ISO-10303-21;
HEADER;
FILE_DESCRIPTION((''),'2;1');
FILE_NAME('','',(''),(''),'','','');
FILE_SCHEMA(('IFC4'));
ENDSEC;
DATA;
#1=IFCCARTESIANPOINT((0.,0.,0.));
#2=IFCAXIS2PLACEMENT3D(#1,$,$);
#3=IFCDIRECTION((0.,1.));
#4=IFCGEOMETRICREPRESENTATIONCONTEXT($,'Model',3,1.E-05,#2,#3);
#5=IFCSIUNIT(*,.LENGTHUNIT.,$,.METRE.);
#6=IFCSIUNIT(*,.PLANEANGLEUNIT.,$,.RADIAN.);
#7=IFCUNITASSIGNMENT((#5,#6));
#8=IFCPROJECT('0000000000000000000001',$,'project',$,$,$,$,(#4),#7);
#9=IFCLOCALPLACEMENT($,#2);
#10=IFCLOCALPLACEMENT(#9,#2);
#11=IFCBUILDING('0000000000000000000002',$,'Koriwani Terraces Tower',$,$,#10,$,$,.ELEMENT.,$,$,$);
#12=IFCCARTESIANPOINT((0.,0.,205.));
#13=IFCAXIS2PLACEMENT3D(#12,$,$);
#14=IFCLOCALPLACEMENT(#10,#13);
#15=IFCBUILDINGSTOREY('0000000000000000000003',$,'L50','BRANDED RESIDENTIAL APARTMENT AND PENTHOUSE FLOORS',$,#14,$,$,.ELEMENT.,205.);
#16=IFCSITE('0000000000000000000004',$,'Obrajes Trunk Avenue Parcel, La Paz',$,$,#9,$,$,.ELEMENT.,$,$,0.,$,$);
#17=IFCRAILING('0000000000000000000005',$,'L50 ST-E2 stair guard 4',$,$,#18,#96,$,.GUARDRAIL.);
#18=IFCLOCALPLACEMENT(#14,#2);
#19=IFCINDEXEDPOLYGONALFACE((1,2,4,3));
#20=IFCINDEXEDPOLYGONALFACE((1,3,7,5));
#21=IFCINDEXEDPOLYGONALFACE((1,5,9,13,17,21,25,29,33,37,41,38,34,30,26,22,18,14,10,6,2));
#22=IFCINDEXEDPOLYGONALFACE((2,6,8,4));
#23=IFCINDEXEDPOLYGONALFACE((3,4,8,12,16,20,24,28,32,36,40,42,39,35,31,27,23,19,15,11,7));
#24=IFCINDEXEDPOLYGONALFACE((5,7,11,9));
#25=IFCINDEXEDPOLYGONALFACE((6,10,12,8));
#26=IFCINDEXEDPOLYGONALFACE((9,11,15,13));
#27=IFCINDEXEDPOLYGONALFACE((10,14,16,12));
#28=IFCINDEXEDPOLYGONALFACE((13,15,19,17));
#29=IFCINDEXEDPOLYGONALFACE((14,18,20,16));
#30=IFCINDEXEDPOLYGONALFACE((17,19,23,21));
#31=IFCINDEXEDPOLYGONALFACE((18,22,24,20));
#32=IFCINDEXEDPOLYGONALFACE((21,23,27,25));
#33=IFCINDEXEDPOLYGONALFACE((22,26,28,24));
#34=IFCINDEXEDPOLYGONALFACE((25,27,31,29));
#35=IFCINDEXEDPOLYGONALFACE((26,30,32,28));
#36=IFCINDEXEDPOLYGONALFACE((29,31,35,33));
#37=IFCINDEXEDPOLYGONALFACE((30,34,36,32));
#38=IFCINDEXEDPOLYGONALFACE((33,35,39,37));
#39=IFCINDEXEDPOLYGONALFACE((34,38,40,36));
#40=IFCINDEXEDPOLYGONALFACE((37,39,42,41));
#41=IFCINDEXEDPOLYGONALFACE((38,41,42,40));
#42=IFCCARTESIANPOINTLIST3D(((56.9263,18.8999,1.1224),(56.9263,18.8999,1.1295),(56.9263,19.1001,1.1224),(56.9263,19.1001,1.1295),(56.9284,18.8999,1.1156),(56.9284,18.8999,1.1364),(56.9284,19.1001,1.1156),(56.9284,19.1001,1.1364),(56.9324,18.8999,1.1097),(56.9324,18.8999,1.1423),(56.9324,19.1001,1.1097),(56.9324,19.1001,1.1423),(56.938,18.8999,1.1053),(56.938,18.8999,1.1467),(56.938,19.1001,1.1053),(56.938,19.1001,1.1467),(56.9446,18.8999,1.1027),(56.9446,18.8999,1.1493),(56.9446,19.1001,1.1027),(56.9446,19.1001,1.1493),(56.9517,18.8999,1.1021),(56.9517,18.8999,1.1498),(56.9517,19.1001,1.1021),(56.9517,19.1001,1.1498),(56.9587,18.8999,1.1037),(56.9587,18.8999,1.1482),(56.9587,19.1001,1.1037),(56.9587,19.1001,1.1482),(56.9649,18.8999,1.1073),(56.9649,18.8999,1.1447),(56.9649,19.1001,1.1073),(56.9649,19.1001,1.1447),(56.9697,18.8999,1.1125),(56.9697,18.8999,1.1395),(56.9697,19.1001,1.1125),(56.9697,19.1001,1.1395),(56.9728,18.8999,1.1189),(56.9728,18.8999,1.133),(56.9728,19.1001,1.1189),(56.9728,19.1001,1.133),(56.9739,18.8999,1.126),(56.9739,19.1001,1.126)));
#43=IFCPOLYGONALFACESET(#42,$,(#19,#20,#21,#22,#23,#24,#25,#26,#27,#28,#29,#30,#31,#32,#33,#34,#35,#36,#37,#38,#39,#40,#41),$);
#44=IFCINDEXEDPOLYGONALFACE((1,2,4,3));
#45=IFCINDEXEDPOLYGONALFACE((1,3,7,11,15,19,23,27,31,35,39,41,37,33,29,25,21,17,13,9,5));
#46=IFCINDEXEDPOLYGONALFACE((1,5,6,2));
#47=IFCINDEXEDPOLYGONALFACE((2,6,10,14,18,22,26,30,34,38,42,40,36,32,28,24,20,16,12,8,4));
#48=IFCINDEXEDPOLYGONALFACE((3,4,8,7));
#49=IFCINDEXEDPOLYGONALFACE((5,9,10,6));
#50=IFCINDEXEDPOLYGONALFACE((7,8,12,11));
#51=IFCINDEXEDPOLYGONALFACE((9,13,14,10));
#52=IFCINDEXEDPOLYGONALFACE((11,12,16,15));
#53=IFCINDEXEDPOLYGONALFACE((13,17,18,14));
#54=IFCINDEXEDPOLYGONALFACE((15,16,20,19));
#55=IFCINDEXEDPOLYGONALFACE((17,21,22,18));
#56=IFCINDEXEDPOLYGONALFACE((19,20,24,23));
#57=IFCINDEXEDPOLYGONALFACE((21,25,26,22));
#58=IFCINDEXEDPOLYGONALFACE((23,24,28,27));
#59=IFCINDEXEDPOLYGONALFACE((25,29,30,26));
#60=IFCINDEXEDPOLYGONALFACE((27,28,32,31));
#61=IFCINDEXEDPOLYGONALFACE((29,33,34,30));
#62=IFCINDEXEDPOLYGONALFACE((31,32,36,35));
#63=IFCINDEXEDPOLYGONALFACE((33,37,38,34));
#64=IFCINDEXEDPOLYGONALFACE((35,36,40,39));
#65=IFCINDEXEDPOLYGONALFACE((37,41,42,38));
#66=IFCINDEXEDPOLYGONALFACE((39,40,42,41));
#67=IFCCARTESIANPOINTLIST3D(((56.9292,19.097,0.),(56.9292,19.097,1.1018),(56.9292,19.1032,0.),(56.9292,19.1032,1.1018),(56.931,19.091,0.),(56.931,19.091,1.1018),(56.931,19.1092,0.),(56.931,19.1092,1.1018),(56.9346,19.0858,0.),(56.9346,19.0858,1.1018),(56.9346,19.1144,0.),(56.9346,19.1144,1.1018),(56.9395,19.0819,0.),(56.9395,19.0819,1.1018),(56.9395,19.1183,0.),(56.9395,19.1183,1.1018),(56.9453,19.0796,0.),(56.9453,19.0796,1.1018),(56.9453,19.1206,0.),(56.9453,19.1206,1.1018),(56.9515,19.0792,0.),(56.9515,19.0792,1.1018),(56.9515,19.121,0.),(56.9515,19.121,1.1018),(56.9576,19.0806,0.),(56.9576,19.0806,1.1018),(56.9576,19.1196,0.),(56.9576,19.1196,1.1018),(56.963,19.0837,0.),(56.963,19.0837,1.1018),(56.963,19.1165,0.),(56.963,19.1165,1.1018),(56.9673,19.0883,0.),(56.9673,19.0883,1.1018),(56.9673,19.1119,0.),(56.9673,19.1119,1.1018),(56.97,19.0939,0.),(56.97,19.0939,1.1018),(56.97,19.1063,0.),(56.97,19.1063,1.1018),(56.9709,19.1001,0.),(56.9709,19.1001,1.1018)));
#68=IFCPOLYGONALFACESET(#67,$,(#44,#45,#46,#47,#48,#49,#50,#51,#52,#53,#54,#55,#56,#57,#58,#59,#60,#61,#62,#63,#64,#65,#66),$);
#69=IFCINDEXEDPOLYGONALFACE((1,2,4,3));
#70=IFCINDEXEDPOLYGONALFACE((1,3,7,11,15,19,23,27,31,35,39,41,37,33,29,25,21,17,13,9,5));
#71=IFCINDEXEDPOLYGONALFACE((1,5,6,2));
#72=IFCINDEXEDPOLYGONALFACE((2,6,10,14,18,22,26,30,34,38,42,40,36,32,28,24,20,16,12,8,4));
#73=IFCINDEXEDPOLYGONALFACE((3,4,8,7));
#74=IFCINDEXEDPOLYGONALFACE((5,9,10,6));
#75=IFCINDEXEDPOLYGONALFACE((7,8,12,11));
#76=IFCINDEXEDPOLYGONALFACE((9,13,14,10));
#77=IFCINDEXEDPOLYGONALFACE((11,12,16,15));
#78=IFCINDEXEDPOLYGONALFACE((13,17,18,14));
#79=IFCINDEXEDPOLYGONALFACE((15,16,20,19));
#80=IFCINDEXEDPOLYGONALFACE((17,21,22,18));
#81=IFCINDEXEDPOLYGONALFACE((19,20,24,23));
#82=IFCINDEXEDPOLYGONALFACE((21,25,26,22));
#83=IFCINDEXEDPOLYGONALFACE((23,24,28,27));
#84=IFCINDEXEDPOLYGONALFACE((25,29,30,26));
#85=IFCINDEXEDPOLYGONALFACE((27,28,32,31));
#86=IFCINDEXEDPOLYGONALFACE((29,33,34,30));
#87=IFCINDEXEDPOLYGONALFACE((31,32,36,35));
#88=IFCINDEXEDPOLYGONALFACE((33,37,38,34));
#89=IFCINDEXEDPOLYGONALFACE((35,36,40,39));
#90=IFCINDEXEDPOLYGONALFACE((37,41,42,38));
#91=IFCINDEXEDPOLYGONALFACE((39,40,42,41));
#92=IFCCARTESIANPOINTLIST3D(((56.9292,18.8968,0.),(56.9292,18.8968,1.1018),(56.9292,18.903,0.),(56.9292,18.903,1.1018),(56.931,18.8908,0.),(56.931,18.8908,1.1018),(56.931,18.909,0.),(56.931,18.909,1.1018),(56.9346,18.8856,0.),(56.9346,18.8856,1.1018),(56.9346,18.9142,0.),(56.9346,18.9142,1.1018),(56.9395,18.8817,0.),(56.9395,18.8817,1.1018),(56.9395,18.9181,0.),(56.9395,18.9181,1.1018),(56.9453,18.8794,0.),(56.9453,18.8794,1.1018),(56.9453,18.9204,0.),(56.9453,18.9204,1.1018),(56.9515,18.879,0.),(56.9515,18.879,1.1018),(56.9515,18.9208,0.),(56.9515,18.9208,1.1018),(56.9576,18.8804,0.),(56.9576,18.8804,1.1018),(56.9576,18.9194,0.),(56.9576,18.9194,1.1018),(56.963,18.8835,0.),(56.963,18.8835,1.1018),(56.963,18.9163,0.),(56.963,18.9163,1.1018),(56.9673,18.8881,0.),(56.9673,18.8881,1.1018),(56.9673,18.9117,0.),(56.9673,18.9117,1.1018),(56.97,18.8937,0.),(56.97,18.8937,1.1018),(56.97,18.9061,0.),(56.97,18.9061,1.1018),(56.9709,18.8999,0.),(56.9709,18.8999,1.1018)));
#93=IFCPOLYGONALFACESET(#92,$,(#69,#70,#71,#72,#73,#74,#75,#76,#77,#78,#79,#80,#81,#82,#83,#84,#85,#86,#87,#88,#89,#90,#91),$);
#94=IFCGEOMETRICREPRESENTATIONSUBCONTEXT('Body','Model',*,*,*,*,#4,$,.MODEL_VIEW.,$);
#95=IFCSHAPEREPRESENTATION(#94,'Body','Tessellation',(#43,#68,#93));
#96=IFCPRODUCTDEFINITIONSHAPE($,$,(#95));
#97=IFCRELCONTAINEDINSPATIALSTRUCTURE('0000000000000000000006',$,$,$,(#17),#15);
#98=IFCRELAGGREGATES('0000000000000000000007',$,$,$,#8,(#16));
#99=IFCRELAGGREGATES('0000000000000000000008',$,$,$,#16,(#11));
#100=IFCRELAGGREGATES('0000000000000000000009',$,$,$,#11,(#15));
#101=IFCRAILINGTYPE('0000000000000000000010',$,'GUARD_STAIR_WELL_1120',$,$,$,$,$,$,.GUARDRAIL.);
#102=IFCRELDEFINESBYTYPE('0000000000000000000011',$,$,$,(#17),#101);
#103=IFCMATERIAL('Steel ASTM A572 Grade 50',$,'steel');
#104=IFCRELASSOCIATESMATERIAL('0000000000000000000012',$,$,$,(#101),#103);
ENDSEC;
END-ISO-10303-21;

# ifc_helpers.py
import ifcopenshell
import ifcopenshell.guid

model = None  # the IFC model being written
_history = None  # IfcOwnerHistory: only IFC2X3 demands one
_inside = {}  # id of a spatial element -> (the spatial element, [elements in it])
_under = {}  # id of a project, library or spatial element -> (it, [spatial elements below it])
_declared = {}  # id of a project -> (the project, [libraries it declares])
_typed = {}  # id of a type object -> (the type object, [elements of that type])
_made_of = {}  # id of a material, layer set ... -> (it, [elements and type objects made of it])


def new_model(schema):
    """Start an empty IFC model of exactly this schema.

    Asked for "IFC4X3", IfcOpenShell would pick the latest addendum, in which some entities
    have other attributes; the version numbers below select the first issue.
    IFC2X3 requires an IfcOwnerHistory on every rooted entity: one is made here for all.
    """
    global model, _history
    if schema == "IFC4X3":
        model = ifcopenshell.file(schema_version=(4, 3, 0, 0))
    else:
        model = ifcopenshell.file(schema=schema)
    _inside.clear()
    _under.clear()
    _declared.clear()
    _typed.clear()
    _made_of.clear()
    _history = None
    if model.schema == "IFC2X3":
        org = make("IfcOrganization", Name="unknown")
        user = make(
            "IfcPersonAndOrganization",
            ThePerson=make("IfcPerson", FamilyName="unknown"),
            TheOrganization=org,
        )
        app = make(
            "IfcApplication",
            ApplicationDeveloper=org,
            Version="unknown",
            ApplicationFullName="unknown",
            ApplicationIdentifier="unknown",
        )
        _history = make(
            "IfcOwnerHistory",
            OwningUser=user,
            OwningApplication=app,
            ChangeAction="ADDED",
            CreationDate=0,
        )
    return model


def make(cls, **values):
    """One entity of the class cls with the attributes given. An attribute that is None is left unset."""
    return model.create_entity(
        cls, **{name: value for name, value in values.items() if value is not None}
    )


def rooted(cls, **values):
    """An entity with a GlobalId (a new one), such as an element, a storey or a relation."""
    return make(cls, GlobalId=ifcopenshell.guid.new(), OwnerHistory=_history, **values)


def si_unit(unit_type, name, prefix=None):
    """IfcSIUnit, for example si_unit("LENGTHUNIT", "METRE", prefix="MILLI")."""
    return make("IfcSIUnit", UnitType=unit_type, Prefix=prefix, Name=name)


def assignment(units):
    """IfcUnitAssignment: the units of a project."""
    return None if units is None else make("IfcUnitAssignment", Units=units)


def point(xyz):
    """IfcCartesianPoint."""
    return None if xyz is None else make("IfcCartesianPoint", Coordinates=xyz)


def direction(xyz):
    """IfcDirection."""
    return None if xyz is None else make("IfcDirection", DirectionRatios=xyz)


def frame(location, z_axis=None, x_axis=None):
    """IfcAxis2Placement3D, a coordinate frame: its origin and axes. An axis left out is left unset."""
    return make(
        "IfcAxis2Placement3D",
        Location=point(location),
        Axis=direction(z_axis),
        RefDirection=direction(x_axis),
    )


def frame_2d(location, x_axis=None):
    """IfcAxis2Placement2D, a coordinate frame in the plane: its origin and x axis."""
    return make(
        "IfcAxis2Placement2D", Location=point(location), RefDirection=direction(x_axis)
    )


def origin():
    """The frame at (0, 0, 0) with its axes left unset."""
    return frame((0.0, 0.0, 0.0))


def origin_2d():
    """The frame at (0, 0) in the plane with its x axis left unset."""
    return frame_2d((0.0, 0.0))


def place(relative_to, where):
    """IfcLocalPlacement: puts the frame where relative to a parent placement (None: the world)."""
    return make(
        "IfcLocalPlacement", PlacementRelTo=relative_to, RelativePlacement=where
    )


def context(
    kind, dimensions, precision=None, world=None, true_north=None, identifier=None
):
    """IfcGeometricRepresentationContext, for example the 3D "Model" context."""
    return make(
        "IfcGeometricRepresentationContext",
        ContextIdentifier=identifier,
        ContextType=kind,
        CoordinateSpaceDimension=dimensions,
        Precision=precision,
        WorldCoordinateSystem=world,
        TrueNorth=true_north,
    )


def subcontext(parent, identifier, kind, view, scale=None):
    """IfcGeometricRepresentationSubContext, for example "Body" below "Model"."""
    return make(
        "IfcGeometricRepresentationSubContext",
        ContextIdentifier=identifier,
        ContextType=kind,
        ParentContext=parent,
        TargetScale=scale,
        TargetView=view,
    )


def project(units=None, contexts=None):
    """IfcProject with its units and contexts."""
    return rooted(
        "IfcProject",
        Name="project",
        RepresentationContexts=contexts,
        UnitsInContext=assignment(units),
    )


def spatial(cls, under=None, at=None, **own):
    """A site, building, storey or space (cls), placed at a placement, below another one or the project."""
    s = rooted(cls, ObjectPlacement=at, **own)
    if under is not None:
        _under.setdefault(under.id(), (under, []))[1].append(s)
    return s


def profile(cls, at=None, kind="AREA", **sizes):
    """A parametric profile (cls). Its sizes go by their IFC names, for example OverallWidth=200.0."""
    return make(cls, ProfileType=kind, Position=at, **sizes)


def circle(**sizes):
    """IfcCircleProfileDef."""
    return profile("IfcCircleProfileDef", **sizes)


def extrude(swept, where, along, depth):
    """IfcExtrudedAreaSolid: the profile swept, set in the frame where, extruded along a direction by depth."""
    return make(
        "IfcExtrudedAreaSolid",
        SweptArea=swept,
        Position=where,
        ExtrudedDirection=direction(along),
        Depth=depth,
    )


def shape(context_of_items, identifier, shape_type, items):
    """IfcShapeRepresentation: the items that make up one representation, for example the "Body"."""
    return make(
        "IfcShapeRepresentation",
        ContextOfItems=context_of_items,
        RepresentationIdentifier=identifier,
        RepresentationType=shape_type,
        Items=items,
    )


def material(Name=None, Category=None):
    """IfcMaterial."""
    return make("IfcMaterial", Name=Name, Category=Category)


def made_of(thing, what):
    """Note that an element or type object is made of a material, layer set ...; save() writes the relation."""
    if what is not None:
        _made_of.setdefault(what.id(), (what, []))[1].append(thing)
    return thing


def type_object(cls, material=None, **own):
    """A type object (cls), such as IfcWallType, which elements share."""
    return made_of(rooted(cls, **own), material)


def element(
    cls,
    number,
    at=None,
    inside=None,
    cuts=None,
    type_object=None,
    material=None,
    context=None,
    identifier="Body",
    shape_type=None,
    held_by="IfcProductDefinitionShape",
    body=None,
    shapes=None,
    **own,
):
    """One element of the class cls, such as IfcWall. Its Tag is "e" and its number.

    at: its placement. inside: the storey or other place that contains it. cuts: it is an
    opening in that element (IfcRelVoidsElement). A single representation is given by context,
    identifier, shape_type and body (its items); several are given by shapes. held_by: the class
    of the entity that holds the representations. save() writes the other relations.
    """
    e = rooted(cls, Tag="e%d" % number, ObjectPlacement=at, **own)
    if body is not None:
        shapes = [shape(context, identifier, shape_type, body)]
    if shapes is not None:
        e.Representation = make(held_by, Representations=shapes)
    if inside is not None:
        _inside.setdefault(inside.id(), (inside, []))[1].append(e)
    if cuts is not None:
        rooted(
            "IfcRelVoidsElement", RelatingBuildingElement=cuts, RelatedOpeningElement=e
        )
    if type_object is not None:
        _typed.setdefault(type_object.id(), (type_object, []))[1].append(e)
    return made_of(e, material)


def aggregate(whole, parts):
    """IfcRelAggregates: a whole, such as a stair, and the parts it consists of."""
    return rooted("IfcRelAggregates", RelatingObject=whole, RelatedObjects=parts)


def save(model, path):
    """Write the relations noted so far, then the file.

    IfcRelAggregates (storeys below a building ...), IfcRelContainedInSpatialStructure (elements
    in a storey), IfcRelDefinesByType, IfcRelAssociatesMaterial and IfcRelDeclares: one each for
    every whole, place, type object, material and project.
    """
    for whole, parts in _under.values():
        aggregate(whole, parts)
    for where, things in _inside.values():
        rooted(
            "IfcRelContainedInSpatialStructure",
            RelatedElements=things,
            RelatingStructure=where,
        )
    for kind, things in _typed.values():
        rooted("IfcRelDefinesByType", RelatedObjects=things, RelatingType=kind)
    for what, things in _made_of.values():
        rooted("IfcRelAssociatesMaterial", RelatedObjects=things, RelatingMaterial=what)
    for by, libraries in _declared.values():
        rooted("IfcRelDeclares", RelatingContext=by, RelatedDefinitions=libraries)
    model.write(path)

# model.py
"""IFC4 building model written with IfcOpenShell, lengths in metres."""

from ifc_helpers import new_model, si_unit, direction, frame, origin, origin_2d, place, context, subcontext, project, spatial, circle, extrude, material, type_object, element, save


model = new_model("IFC4")

# Units and contexts
model_context = context("Model", 3, precision=1e-05, world=origin(), true_north=direction((0.0, 1.0)))
body_context = subcontext(model_context, "Body", "Model", "MODEL_VIEW")
ifc_project = project(units=[si_unit("LENGTHUNIT", "METRE"), si_unit("PLANEANGLEUNIT", "RADIAN")], contexts=[model_context])

# Site, building, storey
site_placement = place(None, origin())
site = spatial("IfcSite", under=ifc_project, at=site_placement, Name="Obrajes Trunk Avenue Parcel, La Paz", CompositionType="ELEMENT", RefElevation=0.0)
building_placement = place(site_placement, origin())
building = spatial("IfcBuilding", under=site, at=building_placement, Name="Koriwani Terraces Tower", CompositionType="ELEMENT")
storey_placement = place(building_placement, frame((0.0, 0.0, 205.0)))
storey = spatial("IfcBuildingStorey", under=building, at=storey_placement, Name="L50", Description="BRANDED RESIDENTIAL APARTMENT AND PENTHOUSE FLOORS", CompositionType="ELEMENT", Elevation=205.0)

# Shared definitions
ifc_material_1 = material(Name="Steel ASTM A572 Grade 50", Category="steel")

# Railing
railing_type_1 = type_object("IfcRailingType", Name="GUARD_STAIR_WELL_1120", PredefinedType="GUARDRAIL", material=ifc_material_1)
railing_1_placement = place(storey_placement, frame((56.95, 19.1001, 0.0)))
element("IfcRailing", 1, at=railing_1_placement, inside=storey, type_object=railing_type_1, Name="L50 ST-E2 stair guard 4", PredefinedType="GUARDRAIL", context=body_context, shape_type="SweptSolid", body=[
    extrude(circle(Radius=0.0239, at=origin_2d()), frame((0.0, 0.0, 1.126), z_axis=(0.0, -1.0, 0.0), x_axis=(1.0, 0.0, 0.0)), (0.0, 0.0, 1.0), 0.2002),
    extrude(circle(Radius=0.021, at=origin_2d()), origin(), (0.0, 0.0, 1.0), 1.1018),
    extrude(circle(Radius=0.021, at=origin_2d()), frame((0.0, -0.2002, 0.0)), (0.0, 0.0, 1.0), 1.1018),
])

save(model, "model.ifc")
